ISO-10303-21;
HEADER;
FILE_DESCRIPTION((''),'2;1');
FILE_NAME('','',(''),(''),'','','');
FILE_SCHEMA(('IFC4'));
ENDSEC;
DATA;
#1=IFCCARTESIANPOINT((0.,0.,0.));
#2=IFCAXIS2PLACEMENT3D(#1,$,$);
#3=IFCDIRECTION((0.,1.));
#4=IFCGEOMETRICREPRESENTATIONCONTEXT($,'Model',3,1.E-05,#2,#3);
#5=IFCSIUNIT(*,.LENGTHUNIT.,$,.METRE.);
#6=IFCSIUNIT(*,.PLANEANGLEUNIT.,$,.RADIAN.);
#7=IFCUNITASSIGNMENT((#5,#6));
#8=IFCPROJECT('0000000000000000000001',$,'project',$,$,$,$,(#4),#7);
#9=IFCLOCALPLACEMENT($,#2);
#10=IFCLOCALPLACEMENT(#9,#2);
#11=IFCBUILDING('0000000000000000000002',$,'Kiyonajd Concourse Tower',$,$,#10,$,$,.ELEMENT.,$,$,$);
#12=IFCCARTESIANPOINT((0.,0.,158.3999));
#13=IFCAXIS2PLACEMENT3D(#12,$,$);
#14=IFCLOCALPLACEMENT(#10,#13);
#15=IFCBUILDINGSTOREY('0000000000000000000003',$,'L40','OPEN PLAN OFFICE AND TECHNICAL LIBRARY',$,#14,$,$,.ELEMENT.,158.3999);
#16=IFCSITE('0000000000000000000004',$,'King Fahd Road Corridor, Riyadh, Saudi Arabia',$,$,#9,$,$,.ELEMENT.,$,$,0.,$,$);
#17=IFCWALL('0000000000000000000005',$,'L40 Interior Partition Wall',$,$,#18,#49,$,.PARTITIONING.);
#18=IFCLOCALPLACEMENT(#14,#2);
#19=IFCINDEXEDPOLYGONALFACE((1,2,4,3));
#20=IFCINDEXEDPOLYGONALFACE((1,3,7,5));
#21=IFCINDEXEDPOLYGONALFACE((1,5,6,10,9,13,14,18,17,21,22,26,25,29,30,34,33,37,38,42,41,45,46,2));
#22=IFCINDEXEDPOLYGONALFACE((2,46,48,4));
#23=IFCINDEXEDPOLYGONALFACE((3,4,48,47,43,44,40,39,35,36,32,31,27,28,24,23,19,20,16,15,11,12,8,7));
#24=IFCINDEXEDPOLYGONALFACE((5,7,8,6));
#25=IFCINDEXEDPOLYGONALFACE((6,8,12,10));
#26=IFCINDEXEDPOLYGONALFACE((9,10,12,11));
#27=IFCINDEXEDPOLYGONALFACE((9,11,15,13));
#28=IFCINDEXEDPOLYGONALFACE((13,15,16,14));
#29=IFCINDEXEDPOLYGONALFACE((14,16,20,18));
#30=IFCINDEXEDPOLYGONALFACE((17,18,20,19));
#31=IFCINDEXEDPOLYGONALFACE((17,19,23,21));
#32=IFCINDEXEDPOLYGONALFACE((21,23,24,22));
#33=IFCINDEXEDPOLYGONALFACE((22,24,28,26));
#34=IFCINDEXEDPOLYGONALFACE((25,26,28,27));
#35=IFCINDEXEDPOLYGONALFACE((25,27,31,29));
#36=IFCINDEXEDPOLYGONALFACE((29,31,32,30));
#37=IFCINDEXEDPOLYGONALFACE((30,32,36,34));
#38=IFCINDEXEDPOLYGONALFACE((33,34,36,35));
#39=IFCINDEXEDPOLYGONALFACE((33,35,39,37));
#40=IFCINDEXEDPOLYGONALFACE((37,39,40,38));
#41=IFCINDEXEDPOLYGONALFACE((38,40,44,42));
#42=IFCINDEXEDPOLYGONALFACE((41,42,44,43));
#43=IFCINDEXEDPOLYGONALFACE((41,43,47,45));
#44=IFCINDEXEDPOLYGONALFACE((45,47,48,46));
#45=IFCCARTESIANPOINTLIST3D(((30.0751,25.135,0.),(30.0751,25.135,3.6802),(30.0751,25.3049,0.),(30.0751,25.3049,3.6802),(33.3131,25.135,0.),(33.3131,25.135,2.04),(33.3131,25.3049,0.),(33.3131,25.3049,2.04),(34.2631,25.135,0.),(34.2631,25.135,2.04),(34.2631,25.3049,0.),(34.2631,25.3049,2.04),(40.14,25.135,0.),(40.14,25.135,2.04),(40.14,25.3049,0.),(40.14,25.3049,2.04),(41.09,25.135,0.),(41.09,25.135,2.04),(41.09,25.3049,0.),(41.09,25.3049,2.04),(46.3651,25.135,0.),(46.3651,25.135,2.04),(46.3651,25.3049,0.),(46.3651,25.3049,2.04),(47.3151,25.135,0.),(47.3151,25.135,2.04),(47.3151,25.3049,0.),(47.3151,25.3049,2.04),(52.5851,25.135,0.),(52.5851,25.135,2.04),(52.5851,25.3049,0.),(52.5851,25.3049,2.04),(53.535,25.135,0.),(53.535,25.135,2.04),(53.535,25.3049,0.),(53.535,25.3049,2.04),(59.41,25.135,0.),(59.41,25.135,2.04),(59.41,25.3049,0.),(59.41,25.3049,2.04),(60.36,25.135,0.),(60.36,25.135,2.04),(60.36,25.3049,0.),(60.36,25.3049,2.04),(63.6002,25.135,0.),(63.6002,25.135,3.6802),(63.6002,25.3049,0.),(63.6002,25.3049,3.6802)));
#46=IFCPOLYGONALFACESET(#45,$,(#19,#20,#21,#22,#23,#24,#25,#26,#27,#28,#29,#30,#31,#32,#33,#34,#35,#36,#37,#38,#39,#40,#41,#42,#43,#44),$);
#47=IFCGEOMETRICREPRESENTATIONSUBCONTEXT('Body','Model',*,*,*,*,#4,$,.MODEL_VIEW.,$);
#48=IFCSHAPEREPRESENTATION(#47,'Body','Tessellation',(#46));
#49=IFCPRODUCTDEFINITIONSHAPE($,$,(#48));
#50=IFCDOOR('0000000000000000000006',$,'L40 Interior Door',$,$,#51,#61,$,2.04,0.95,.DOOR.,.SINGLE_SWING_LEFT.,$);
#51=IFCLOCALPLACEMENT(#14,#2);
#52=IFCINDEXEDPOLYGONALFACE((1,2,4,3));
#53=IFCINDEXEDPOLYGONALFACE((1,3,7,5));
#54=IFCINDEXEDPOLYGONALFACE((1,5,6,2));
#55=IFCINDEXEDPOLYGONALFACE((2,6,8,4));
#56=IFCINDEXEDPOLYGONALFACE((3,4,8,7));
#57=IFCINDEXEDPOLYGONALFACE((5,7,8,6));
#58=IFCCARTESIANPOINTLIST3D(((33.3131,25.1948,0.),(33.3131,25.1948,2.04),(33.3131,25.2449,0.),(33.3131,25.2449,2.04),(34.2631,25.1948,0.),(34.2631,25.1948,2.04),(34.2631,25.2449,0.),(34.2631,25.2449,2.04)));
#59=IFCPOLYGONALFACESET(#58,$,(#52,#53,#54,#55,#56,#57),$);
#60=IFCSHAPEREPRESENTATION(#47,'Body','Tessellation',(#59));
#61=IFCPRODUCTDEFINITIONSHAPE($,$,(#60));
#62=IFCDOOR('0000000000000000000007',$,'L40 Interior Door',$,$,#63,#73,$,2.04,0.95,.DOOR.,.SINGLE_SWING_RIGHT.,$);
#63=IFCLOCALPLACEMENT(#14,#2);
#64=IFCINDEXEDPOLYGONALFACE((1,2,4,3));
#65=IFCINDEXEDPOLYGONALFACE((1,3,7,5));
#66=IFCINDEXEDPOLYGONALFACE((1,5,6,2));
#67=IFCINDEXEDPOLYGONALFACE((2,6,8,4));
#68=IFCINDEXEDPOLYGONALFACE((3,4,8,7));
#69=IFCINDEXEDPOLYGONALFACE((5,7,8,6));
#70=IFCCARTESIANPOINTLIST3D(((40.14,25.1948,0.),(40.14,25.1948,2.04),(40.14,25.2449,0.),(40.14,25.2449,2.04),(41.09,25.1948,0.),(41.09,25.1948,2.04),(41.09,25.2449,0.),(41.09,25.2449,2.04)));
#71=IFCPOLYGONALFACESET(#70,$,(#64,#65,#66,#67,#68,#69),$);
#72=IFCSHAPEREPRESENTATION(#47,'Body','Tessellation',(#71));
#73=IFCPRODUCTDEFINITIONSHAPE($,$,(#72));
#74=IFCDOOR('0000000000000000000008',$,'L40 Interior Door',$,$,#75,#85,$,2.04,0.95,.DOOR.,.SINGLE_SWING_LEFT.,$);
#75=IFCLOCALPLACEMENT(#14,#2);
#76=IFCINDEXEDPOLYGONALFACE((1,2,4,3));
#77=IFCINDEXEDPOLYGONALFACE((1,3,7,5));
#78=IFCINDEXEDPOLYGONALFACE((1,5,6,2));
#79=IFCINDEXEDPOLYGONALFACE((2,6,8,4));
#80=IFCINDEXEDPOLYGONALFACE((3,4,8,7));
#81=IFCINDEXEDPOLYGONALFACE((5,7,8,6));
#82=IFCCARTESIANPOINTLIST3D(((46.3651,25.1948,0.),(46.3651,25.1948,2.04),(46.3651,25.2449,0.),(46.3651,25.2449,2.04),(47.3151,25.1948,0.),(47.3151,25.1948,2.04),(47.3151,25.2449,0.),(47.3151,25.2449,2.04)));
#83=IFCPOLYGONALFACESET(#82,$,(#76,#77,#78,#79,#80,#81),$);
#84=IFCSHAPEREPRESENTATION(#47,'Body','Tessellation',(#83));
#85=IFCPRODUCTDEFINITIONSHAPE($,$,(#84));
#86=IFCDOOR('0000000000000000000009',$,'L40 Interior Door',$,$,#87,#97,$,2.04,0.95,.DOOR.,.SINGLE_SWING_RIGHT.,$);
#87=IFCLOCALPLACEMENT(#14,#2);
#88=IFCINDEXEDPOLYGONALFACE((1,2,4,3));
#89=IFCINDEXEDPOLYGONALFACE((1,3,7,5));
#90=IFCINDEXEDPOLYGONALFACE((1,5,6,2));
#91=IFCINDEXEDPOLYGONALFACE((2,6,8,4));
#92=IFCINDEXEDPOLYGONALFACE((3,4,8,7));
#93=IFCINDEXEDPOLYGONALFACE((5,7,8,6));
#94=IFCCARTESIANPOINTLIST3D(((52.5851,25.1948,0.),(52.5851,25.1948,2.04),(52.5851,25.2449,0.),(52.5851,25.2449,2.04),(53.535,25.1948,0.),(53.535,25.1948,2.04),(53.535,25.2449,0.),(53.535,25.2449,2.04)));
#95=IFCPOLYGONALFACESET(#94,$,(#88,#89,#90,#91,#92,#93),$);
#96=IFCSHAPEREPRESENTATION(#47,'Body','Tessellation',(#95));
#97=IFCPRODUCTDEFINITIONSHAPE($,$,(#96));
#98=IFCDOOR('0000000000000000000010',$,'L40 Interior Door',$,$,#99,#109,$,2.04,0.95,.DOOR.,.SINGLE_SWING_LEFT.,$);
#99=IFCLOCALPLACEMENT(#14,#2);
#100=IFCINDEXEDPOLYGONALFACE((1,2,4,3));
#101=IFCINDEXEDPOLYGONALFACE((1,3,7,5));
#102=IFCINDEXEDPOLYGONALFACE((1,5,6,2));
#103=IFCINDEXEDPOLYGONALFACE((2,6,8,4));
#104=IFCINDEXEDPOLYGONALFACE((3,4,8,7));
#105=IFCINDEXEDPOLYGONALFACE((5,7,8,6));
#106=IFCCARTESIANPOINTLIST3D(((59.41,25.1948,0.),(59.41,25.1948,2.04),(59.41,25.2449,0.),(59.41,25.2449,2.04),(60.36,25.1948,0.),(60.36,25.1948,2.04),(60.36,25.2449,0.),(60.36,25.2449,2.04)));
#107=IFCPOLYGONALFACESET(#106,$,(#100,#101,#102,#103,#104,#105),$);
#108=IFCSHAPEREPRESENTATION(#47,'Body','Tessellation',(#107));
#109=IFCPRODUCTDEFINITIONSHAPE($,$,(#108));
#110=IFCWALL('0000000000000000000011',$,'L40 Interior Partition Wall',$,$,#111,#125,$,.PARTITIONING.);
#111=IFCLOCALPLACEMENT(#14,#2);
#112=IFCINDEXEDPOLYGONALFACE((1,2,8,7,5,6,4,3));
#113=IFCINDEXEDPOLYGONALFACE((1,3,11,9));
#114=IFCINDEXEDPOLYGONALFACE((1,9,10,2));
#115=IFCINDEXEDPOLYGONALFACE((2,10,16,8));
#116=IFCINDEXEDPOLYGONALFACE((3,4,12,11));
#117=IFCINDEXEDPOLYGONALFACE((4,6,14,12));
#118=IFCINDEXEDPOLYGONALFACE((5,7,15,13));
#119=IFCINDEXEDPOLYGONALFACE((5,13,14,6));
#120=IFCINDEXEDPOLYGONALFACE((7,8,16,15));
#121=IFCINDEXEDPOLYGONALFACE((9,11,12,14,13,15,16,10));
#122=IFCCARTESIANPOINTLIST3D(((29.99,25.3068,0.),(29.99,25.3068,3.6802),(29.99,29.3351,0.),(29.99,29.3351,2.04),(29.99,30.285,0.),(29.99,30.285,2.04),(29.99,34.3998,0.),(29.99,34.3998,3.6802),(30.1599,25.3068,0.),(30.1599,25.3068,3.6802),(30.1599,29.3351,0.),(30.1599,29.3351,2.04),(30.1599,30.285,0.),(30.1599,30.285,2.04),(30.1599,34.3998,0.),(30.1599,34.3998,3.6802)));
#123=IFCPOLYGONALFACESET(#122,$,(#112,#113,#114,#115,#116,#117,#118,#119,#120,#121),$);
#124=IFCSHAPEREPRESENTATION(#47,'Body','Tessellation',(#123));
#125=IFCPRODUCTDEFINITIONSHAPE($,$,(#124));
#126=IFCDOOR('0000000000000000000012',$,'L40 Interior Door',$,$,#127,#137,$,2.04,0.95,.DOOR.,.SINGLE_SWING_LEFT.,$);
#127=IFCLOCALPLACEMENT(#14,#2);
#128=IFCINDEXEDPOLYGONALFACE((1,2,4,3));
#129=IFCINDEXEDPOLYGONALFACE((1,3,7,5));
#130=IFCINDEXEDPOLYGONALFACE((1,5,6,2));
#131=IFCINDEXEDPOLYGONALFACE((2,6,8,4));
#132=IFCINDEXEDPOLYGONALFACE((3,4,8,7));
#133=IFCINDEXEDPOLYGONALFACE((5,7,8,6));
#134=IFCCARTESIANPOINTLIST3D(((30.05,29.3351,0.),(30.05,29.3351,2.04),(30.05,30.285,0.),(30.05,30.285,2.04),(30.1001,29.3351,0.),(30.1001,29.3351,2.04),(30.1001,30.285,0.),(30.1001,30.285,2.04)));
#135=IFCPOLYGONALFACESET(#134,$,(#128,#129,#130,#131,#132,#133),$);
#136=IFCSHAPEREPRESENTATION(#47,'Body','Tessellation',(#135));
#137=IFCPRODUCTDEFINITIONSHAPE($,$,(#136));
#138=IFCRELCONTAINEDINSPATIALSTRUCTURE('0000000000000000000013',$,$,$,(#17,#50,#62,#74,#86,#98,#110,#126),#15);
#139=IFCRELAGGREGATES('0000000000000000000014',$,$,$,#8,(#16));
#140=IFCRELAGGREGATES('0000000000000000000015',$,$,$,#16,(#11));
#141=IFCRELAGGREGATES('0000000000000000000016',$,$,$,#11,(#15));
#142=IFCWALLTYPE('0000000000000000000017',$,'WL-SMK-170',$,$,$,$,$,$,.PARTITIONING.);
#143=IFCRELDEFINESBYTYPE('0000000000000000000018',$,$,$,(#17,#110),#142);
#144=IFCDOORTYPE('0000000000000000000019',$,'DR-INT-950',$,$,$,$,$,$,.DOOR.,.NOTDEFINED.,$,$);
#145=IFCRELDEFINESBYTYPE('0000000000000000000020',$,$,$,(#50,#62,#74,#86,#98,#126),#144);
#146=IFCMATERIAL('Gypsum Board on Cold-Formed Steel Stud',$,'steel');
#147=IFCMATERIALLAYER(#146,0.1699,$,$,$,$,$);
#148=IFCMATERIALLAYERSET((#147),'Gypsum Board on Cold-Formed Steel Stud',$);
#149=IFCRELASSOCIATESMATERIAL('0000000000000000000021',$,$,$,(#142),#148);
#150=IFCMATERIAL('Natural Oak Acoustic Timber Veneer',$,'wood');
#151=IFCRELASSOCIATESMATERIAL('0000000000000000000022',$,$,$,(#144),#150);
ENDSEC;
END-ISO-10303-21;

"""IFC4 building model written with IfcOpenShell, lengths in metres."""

from ifc_helpers import new_model, si_unit, direction, frame, frame_2d, origin, place, context, subcontext, project, spatial, rectangle, extrude, material, layer, layer_set, type_object, element, fill, save


model = new_model("IFC4")

# Units and contexts
model_context = context("Model", 3, precision=1e-05, world=origin(), true_north=direction((0.0, 1.0)))
body_context = subcontext(model_context, "Body", "Model", "MODEL_VIEW")
ifc_project = project(units=[si_unit("LENGTHUNIT", "METRE"), si_unit("PLANEANGLEUNIT", "RADIAN")], contexts=[model_context])

# Site, building, storey
site_placement = place(None, origin())
site = spatial("IfcSite", under=ifc_project, at=site_placement, Name="King Fahd Road Corridor, Riyadh, Saudi Arabia", CompositionType="ELEMENT", RefElevation=0.0)
building_placement = place(site_placement, origin())
building = spatial("IfcBuilding", under=site, at=building_placement, Name="Kiyonajd Concourse Tower", CompositionType="ELEMENT")
storey_placement = place(building_placement, frame((0.0, 0.0, 158.3999)))
storey = spatial("IfcBuildingStorey", under=building, at=storey_placement, Name="L40", Description="OPEN PLAN OFFICE AND TECHNICAL LIBRARY", CompositionType="ELEMENT", Elevation=158.3999)

# Wall, openings, doors
ifc_material_1 = material(Name="Gypsum Board on Cold-Formed Steel Stud", Category="steel")
ifc_layer_1 = layer(ifc_material_1, 0.1699)
ifc_layer_set_1 = layer_set([ifc_layer_1], Name="Gypsum Board on Cold-Formed Steel Stud")
wall_type_1 = type_object("IfcWallType", Name="WL-SMK-170", PredefinedType="PARTITIONING", material=ifc_layer_set_1)
wall_1_placement = place(storey_placement, frame((30.075, 25.22, 0.0), z_axis=(0.0, 0.0, 1.0), x_axis=(1.0, 0.0, 0.0)))
wall_1 = element("IfcWall", 1, at=wall_1_placement, inside=storey, type_object=wall_type_1, Name="L40 Interior Partition Wall", PredefinedType="PARTITIONING", context=body_context, shape_type="SweptSolid", body=[
    extrude(rectangle(XDim=33.5251, YDim=0.1699, at=frame_2d((16.7627, 0.0))), origin(), (0.0, 0.0, 1.0), 3.6802),
])
opening_1_placement = place(wall_1_placement, frame((3.238, 0.0, 0.0)))
opening_1 = element("IfcOpeningElement", 2, at=opening_1_placement, cuts=wall_1, PredefinedType="OPENING", context=body_context, shape_type="SweptSolid", body=[
    extrude(rectangle(XDim=0.95, YDim=2.04, at=frame_2d((0.4751, 1.02))), frame((0.0, 0.095, 0.0), z_axis=(0.0, -1.0, 0.0), x_axis=(1.0, 0.0, 0.0)), (0.0, 0.0, 1.0), 0.1899),
])
opening_2_placement = place(wall_1_placement, frame((10.0649, 0.0, 0.0)))
opening_2 = element("IfcOpeningElement", 3, at=opening_2_placement, cuts=wall_1, PredefinedType="OPENING", context=body_context, shape_type="SweptSolid", body=[
    extrude(rectangle(XDim=0.95, YDim=2.04, at=frame_2d((0.4751, 1.02))), frame((0.0, 0.095, 0.0), z_axis=(0.0, -1.0, 0.0), x_axis=(1.0, 0.0, 0.0)), (0.0, 0.0, 1.0), 0.1899),
])
opening_3_placement = place(wall_1_placement, frame((16.29, 0.0, 0.0)))
opening_3 = element("IfcOpeningElement", 4, at=opening_3_placement, cuts=wall_1, PredefinedType="OPENING", context=body_context, shape_type="SweptSolid", body=[
    extrude(rectangle(XDim=0.95, YDim=2.04, at=frame_2d((0.4751, 1.02))), frame((0.0, 0.095, 0.0), z_axis=(0.0, -1.0, 0.0), x_axis=(1.0, 0.0, 0.0)), (0.0, 0.0, 1.0), 0.1899),
])
opening_4_placement = place(wall_1_placement, frame((22.51, 0.0, 0.0)))
opening_4 = element("IfcOpeningElement", 5, at=opening_4_placement, cuts=wall_1, PredefinedType="OPENING", context=body_context, shape_type="SweptSolid", body=[
    extrude(rectangle(XDim=0.95, YDim=2.04, at=frame_2d((0.4751, 1.02))), frame((0.0, 0.095, 0.0), z_axis=(0.0, -1.0, 0.0), x_axis=(1.0, 0.0, 0.0)), (0.0, 0.0, 1.0), 0.1899),
])
opening_5_placement = place(wall_1_placement, frame((29.335, 0.0, 0.0)))
opening_5 = element("IfcOpeningElement", 6, at=opening_5_placement, cuts=wall_1, PredefinedType="OPENING", context=body_context, shape_type="SweptSolid", body=[
    extrude(rectangle(XDim=0.95, YDim=2.04, at=frame_2d((0.4751, 1.02))), frame((0.0, 0.095, 0.0), z_axis=(0.0, -1.0, 0.0), x_axis=(1.0, 0.0, 0.0)), (0.0, 0.0, 1.0), 0.1899),
])
ifc_material_2 = material(Name="Natural Oak Acoustic Timber Veneer", Category="wood")
door_type = type_object("IfcDoorType", Name="DR-INT-950", OperationType="NOTDEFINED", PredefinedType="DOOR", material=ifc_material_2)
door_1_placement = place(opening_1_placement, origin())
door_1 = element("IfcDoor", 7, at=door_1_placement, inside=storey, type_object=door_type, Name="L40 Interior Door", OperationType="SINGLE_SWING_LEFT", OverallHeight=2.04, OverallWidth=0.95, PredefinedType="DOOR", context=body_context, shape_type="SweptSolid", body=[
    extrude(rectangle(XDim=0.95, YDim=2.04, at=frame_2d((0.4751, 1.02))), frame((0.0, 0.0249, 0.0), z_axis=(0.0, -1.0, 0.0), x_axis=(1.0, 0.0, 0.0)), (0.0, 0.0, 1.0), 0.05),
])
fill(opening_1, door_1)
door_2_placement = place(opening_2_placement, origin())
door_2 = element("IfcDoor", 8, at=door_2_placement, inside=storey, type_object=door_type, Name="L40 Interior Door", OperationType="SINGLE_SWING_RIGHT", OverallHeight=2.04, OverallWidth=0.95, PredefinedType="DOOR", context=body_context, shape_type="SweptSolid", body=[
    extrude(rectangle(XDim=0.95, YDim=2.04, at=frame_2d((0.4751, 1.02))), frame((0.0, 0.0249, 0.0), z_axis=(0.0, -1.0, 0.0), x_axis=(1.0, 0.0, 0.0)), (0.0, 0.0, 1.0), 0.05),
])
fill(opening_2, door_2)
door_3_placement = place(opening_3_placement, origin())
door_3 = element("IfcDoor", 9, at=door_3_placement, inside=storey, type_object=door_type, Name="L40 Interior Door", OperationType="SINGLE_SWING_LEFT", OverallHeight=2.04, OverallWidth=0.95, PredefinedType="DOOR", context=body_context, shape_type="SweptSolid", body=[
    extrude(rectangle(XDim=0.95, YDim=2.04, at=frame_2d((0.4751, 1.02))), frame((0.0, 0.0249, 0.0), z_axis=(0.0, -1.0, 0.0), x_axis=(1.0, 0.0, 0.0)), (0.0, 0.0, 1.0), 0.05),
])
fill(opening_3, door_3)
door_4_placement = place(opening_4_placement, origin())
door_4 = element("IfcDoor", 10, at=door_4_placement, inside=storey, type_object=door_type, Name="L40 Interior Door", OperationType="SINGLE_SWING_RIGHT", OverallHeight=2.04, OverallWidth=0.95, PredefinedType="DOOR", context=body_context, shape_type="SweptSolid", body=[
    extrude(rectangle(XDim=0.95, YDim=2.04, at=frame_2d((0.4751, 1.02))), frame((0.0, 0.0249, 0.0), z_axis=(0.0, -1.0, 0.0), x_axis=(1.0, 0.0, 0.0)), (0.0, 0.0, 1.0), 0.05),
])
fill(opening_4, door_4)
door_5_placement = place(opening_5_placement, origin())
door_5 = element("IfcDoor", 11, at=door_5_placement, inside=storey, type_object=door_type, Name="L40 Interior Door", OperationType="SINGLE_SWING_LEFT", OverallHeight=2.04, OverallWidth=0.95, PredefinedType="DOOR", context=body_context, shape_type="SweptSolid", body=[
    extrude(rectangle(XDim=0.95, YDim=2.04, at=frame_2d((0.4751, 1.02))), frame((0.0, 0.0249, 0.0), z_axis=(0.0, -1.0, 0.0), x_axis=(1.0, 0.0, 0.0)), (0.0, 0.0, 1.0), 0.05),
])
fill(opening_5, door_5)

# Wall, opening, door
wall_2_placement = place(storey_placement, frame((30.075, 25.3069, 0.0), z_axis=(0.0, 0.0, 1.0), x_axis=(0.0, 1.0, 0.0)))
wall_2 = element("IfcWall", 12, at=wall_2_placement, inside=storey, type_object=wall_type_1, Name="L40 Interior Partition Wall", PredefinedType="PARTITIONING", context=body_context, shape_type="SweptSolid", body=[
    extrude(rectangle(XDim=9.093, YDim=0.1699, at=frame_2d((4.5464, 0.0))), origin(), (0.0, 0.0, 1.0), 3.6802),
])
opening_6_placement = place(wall_2_placement, frame((4.0281, 0.0, 0.0)))
opening_6 = element("IfcOpeningElement", 13, at=opening_6_placement, cuts=wall_2, PredefinedType="OPENING", context=body_context, shape_type="SweptSolid", body=[
    extrude(rectangle(XDim=0.95, YDim=2.04, at=frame_2d((0.4751, 1.02))), frame((0.0, 0.095, 0.0), z_axis=(0.0, -1.0, 0.0), x_axis=(1.0, 0.0, 0.0)), (0.0, 0.0, 1.0), 0.1899),
])
door_6_placement = place(opening_6_placement, origin())
door_6 = element("IfcDoor", 14, at=door_6_placement, inside=storey, type_object=door_type, Name="L40 Interior Door", OperationType="SINGLE_SWING_LEFT", OverallHeight=2.04, OverallWidth=0.95, PredefinedType="DOOR", context=body_context, shape_type="SweptSolid", body=[
    extrude(rectangle(XDim=0.95, YDim=2.04, at=frame_2d((0.4751, 1.02))), frame((0.0, 0.0249, 0.0), z_axis=(0.0, -1.0, 0.0), x_axis=(1.0, 0.0, 0.0)), (0.0, 0.0, 1.0), 0.05),
])
fill(opening_6, door_6)

save(model, "model.ifc")
